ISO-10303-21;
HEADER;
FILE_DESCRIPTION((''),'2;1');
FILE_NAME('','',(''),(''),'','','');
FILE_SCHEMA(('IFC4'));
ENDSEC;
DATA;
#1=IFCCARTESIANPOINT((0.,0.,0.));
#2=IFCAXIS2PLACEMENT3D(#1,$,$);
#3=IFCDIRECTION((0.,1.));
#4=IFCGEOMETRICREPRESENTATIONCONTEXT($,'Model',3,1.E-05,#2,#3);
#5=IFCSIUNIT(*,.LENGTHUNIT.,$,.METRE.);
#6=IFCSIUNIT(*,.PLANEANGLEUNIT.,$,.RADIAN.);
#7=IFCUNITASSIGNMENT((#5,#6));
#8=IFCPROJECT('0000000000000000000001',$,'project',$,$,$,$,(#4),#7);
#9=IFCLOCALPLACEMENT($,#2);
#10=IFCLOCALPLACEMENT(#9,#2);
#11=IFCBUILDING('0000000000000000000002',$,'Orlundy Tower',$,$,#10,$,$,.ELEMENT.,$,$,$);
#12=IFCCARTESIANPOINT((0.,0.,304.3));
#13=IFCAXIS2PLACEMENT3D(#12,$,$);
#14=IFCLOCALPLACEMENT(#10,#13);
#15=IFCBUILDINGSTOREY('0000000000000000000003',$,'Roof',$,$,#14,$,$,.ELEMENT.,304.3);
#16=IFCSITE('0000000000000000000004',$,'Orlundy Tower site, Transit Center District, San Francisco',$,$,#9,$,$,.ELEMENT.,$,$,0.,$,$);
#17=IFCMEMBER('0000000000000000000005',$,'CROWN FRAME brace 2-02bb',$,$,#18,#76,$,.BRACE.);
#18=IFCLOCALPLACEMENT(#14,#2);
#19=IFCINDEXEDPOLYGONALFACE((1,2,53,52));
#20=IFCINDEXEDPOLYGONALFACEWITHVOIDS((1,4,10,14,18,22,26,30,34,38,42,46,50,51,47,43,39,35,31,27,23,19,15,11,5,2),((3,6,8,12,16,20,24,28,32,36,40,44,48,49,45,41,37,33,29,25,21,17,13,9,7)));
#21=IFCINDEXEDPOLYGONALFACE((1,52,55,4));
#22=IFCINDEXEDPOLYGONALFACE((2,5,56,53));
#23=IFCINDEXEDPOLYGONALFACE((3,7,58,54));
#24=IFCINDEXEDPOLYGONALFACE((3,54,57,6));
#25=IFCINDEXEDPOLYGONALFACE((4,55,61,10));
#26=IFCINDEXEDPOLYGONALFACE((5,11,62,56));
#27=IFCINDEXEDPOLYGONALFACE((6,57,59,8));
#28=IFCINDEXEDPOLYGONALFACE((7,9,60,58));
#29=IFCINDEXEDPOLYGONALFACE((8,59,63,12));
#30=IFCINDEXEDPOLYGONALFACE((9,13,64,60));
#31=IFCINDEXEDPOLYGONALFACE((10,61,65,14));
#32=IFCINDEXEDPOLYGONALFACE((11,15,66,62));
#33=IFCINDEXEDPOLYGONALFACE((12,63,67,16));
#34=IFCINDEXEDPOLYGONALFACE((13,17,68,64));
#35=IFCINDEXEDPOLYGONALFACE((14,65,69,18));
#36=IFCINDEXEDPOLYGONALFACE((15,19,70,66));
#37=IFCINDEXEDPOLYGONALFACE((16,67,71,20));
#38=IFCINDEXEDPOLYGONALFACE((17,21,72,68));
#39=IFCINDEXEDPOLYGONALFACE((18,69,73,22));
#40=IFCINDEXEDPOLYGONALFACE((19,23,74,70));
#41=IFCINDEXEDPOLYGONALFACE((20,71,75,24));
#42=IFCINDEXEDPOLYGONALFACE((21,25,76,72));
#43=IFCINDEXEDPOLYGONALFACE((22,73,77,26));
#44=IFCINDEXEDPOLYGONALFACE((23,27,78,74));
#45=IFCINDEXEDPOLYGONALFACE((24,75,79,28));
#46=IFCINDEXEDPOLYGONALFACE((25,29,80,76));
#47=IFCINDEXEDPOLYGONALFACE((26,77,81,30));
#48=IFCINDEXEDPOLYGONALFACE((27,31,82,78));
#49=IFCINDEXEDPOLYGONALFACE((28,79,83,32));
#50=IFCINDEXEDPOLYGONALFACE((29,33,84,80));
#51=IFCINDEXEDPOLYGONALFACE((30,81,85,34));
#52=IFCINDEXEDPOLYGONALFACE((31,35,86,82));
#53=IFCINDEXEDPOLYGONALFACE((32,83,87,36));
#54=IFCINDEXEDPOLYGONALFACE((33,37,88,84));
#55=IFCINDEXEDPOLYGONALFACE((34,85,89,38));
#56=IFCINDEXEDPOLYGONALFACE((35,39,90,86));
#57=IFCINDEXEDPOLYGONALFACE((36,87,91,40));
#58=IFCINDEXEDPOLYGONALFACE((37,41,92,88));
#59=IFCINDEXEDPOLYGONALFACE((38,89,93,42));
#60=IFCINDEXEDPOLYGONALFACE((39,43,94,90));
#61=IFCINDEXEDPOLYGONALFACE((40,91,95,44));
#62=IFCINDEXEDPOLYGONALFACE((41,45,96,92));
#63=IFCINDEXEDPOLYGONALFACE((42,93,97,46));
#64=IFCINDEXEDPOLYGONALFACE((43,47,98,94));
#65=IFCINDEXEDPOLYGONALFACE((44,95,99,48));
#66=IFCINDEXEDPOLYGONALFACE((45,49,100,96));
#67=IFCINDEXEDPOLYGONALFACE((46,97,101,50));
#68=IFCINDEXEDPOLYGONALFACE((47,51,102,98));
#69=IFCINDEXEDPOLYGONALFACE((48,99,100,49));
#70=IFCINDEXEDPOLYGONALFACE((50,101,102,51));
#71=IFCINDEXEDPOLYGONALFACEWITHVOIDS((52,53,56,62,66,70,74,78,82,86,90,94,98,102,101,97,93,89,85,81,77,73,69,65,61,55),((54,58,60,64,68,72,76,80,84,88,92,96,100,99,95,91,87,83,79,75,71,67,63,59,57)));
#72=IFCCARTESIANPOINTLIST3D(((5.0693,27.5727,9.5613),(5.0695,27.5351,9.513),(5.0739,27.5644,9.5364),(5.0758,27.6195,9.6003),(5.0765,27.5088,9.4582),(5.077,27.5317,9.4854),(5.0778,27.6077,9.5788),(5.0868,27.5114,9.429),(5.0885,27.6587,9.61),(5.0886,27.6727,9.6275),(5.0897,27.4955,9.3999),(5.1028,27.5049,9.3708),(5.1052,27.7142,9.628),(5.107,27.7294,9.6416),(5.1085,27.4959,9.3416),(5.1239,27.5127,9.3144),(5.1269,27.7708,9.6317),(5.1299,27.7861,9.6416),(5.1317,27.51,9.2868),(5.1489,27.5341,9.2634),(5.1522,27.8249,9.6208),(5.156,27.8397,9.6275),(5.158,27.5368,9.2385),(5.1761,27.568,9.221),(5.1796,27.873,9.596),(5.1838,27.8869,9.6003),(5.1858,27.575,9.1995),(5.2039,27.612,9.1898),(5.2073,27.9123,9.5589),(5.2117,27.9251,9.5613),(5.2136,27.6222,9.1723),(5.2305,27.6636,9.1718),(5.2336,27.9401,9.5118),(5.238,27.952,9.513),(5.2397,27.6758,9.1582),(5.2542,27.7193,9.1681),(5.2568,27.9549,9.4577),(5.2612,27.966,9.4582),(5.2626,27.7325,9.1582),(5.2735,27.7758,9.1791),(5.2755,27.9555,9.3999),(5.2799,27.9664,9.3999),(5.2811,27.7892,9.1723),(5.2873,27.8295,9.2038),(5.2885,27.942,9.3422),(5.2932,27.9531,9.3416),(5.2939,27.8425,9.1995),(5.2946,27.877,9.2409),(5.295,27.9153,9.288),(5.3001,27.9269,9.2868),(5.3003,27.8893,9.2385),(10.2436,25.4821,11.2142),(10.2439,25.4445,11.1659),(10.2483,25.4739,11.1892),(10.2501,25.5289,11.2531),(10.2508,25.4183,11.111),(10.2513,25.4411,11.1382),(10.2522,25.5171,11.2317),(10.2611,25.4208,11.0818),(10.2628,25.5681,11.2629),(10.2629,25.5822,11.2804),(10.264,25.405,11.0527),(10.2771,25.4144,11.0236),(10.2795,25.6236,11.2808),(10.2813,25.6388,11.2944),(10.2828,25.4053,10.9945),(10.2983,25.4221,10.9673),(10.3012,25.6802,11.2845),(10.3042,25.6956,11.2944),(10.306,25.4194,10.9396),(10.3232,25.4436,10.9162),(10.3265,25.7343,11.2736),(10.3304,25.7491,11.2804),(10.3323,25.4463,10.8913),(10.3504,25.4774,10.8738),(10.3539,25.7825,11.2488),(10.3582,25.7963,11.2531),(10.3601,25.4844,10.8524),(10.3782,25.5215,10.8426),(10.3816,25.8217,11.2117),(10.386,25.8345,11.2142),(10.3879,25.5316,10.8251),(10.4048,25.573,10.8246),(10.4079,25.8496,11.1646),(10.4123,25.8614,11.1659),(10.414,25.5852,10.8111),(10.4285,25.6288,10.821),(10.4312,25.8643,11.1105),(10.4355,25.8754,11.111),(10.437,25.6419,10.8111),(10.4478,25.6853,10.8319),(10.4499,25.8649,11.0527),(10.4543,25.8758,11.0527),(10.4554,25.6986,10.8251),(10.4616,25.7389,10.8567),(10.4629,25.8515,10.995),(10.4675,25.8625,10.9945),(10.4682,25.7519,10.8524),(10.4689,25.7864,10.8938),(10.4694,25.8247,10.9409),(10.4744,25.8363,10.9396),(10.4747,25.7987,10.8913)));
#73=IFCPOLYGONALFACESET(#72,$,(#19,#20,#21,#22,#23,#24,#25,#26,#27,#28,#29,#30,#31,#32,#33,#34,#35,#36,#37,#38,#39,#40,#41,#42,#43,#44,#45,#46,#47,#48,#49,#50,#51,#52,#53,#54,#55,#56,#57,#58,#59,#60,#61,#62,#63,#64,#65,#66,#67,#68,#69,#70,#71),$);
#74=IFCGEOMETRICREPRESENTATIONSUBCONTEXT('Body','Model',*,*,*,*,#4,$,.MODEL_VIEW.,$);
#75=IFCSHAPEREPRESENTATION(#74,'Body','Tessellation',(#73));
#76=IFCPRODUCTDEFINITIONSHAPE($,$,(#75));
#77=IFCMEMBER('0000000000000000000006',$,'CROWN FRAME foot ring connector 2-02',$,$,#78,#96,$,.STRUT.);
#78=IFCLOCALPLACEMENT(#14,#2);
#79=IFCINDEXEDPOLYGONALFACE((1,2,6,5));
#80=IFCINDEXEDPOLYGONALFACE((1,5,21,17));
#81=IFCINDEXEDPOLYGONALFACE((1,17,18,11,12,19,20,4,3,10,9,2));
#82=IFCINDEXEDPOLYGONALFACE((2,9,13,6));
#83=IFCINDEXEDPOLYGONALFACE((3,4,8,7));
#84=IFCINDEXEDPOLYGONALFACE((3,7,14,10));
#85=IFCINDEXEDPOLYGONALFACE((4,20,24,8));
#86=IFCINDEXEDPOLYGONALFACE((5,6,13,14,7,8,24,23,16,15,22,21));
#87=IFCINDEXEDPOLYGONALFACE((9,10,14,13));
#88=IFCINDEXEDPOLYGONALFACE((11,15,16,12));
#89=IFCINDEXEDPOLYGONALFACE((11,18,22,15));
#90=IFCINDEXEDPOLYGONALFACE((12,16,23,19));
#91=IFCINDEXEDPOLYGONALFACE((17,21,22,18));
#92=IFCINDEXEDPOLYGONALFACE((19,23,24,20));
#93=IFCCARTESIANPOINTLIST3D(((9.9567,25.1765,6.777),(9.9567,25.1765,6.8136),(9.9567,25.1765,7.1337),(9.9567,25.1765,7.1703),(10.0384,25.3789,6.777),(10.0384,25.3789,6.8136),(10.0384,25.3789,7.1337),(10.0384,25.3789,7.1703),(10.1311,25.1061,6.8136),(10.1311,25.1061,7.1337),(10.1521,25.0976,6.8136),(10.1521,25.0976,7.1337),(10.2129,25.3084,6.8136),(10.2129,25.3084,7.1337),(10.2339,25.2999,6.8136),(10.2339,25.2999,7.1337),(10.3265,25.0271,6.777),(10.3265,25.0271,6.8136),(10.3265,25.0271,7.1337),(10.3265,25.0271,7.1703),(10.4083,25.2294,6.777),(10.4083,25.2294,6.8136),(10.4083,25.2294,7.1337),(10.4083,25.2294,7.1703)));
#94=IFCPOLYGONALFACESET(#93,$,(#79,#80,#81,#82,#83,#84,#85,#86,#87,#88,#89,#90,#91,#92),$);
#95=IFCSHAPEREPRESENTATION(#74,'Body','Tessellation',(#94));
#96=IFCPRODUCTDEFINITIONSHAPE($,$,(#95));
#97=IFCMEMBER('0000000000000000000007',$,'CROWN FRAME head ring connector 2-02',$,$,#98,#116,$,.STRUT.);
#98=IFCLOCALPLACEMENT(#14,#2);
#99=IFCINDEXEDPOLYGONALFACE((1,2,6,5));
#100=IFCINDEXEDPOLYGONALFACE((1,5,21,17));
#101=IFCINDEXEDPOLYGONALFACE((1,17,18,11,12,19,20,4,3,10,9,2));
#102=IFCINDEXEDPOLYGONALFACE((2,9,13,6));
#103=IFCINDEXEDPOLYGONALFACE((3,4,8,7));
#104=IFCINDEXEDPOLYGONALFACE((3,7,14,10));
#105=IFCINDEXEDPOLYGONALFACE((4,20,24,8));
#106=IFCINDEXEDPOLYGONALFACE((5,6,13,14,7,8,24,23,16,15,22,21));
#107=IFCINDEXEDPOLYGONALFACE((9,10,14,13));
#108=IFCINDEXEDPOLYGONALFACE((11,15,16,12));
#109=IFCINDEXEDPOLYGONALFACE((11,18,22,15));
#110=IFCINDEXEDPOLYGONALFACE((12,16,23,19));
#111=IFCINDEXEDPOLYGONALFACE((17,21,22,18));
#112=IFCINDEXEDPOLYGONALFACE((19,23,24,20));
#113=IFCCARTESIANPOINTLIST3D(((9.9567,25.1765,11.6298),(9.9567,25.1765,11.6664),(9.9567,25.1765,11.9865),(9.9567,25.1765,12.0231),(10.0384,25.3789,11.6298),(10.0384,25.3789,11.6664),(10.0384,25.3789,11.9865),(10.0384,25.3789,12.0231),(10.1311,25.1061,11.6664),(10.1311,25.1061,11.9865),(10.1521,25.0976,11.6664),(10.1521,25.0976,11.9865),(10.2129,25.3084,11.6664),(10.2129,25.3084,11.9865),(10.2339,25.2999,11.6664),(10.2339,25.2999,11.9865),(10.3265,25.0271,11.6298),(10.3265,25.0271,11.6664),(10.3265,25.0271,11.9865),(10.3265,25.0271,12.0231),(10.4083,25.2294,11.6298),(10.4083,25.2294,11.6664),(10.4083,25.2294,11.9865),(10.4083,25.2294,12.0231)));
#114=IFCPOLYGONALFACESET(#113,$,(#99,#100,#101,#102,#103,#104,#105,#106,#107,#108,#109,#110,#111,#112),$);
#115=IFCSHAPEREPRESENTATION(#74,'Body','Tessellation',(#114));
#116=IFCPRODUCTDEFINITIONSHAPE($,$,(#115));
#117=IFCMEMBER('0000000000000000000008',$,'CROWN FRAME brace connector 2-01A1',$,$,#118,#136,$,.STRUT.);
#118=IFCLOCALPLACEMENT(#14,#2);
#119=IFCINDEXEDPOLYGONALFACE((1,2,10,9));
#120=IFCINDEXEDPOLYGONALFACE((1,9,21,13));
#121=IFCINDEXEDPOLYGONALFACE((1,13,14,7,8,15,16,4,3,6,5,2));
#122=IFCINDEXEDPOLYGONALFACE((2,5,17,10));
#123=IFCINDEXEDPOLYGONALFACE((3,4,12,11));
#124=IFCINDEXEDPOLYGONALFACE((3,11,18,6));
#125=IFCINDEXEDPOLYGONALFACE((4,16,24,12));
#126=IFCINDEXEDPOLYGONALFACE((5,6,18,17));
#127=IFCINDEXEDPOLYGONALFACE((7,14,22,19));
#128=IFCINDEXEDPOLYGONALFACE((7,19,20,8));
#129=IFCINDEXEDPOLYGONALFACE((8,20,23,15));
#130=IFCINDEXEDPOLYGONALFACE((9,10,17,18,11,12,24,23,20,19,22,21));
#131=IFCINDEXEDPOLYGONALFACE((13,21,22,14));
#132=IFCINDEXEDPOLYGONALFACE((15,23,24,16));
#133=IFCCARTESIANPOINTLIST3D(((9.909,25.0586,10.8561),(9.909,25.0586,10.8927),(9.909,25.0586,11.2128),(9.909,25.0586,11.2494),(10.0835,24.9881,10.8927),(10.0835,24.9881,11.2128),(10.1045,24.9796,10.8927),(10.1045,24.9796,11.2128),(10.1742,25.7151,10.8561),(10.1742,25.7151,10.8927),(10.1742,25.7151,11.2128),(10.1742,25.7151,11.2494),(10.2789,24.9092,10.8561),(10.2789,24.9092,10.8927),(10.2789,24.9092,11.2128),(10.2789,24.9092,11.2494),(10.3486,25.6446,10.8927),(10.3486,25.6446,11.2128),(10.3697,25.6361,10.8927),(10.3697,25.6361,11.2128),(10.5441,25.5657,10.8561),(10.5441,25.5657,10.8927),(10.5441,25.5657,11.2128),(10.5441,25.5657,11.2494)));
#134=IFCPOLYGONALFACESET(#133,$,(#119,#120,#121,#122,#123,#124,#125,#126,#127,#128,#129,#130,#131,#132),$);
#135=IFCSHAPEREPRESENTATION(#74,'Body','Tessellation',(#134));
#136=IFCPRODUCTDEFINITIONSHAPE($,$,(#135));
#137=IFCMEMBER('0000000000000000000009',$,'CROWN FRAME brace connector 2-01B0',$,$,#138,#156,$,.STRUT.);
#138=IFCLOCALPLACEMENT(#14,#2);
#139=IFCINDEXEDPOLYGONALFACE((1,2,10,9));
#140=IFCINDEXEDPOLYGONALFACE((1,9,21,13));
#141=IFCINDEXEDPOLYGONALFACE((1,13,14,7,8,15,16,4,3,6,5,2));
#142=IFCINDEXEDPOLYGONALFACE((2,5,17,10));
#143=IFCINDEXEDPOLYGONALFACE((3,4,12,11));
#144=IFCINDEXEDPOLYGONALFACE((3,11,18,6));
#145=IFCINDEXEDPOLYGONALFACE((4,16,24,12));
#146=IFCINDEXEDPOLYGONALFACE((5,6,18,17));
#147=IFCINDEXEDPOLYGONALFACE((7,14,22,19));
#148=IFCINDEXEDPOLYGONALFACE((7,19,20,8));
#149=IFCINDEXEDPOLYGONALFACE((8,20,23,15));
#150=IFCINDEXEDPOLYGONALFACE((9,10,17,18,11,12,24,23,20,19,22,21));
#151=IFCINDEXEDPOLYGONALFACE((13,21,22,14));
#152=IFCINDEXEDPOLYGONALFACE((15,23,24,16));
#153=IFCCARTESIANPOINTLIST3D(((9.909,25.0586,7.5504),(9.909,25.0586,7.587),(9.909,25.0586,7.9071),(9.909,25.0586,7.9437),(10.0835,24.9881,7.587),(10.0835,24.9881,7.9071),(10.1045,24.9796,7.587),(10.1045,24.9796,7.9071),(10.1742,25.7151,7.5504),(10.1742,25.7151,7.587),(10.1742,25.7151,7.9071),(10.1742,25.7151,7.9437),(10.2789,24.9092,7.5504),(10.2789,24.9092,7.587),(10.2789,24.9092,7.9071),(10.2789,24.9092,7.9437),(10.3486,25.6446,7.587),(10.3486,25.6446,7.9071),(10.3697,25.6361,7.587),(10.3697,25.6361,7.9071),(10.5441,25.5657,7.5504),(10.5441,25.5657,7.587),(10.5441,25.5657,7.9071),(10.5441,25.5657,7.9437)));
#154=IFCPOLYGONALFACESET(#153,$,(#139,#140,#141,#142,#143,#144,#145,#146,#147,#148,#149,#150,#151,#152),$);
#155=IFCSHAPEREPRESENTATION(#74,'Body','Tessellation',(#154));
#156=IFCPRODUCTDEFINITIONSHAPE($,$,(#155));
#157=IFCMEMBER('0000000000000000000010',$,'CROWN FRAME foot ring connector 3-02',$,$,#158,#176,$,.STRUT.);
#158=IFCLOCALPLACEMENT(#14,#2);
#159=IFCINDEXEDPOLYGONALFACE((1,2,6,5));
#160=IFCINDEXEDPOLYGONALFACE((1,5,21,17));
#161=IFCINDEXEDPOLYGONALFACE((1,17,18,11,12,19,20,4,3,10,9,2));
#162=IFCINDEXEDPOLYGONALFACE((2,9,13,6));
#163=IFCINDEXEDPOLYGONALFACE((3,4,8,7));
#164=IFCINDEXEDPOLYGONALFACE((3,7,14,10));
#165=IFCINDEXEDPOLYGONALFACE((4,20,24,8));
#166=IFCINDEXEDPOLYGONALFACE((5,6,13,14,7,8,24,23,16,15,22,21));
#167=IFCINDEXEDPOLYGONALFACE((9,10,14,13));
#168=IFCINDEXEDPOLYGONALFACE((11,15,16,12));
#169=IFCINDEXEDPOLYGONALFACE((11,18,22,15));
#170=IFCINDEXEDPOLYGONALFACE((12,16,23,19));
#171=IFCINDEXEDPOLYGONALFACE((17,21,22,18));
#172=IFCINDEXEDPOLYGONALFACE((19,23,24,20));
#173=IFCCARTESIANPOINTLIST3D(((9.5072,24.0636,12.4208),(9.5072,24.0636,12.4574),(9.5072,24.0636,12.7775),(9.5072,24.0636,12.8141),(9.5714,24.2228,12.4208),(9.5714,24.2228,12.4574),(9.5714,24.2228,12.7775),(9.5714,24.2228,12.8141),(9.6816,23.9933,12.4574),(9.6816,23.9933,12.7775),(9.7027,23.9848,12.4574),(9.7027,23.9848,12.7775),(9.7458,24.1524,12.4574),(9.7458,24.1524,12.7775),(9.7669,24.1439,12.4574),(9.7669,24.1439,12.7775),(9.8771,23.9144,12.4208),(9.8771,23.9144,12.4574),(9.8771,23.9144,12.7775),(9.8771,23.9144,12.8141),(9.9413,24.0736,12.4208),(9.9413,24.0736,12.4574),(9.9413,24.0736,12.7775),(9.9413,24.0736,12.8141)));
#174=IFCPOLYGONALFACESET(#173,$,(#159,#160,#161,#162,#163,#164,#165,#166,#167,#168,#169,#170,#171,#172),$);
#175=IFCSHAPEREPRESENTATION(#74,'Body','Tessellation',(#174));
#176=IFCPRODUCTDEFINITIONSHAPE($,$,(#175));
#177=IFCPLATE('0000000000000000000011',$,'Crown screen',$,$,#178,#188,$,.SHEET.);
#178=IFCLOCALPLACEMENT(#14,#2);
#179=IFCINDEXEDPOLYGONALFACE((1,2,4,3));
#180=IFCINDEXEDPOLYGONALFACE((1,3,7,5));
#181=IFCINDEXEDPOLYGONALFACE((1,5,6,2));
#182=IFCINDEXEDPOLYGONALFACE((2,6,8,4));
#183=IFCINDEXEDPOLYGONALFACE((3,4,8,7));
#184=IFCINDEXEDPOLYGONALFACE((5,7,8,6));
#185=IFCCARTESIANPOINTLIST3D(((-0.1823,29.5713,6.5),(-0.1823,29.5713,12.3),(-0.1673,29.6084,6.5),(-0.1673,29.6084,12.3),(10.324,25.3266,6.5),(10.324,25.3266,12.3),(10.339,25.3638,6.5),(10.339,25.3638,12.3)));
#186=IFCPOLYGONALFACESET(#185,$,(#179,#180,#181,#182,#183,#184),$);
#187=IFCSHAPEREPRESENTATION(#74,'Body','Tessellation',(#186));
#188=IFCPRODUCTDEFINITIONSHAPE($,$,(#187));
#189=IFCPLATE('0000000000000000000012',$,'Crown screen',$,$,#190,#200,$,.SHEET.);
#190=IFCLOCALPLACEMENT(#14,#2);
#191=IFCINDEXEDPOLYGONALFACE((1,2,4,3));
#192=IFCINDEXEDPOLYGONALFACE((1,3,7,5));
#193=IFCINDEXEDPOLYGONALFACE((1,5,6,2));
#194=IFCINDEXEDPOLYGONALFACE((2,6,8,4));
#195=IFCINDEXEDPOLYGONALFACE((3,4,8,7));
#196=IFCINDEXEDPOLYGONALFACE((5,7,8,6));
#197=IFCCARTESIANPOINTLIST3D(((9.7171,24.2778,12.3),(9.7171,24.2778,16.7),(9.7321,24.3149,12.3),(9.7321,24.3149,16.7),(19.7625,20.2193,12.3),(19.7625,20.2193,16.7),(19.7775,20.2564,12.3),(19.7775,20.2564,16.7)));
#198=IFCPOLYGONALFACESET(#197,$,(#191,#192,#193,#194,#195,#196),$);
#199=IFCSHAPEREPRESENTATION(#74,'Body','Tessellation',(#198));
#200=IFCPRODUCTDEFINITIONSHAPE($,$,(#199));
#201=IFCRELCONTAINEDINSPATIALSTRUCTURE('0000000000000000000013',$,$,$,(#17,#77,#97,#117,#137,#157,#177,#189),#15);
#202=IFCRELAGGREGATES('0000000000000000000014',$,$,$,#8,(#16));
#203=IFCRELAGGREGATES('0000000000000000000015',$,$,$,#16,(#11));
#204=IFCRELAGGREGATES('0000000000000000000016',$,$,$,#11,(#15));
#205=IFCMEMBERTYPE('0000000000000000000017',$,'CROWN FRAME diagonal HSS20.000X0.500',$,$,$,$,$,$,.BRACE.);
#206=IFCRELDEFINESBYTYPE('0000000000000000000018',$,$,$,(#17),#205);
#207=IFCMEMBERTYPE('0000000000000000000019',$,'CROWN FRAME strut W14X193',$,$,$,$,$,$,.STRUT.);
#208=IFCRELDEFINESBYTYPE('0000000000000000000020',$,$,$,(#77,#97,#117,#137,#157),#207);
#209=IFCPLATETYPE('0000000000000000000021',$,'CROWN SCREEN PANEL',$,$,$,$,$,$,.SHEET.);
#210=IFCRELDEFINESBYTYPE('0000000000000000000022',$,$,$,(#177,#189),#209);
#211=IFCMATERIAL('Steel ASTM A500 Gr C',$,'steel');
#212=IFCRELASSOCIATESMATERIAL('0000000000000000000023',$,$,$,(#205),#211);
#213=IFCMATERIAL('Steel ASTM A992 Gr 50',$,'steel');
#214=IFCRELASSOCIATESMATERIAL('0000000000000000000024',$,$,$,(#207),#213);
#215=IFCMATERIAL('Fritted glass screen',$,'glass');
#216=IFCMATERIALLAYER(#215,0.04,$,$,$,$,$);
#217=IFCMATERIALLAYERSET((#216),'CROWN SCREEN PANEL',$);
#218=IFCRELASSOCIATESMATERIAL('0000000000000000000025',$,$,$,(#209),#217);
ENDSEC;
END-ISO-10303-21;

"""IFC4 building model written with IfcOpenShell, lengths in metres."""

from ifc_helpers import new_model, si_unit, direction, frame, origin, origin_2d, place, context, subcontext, project, spatial, rectangle, hollow_circle, i_section, extrude, material, layer, layer_set, material_profile, profile_set, type_object, element, save


model = new_model("IFC4")

# Units and contexts
model_context = context("Model", 3, precision=1e-05, world=origin(), true_north=direction((0.0, 1.0)))
body_context = subcontext(model_context, "Body", "Model", "MODEL_VIEW")
ifc_project = project(units=[si_unit("LENGTHUNIT", "METRE"), si_unit("PLANEANGLEUNIT", "RADIAN")], contexts=[model_context])

# Site, building, storey
site_placement = place(None, origin())
site = spatial("IfcSite", under=ifc_project, at=site_placement, Name="Orlundy Tower site, Transit Center District, San Francisco", CompositionType="ELEMENT", RefElevation=0.0)
building_placement = place(site_placement, origin())
building = spatial("IfcBuilding", under=site, at=building_placement, Name="Orlundy Tower", CompositionType="ELEMENT")
storey_placement = place(building_placement, frame((0.0, 0.0, 304.3)))
storey = spatial("IfcBuildingStorey", under=building, at=storey_placement, Name="Roof", CompositionType="ELEMENT", Elevation=304.3)

# Members
ifc_material_1 = material(Name="Steel ASTM A500 Gr C", Category="steel")
ifc_material_profile_1 = material_profile(ifc_material_1, hollow_circle(Radius=0.2539, WallThickness=0.0117, at=origin_2d()), Name="HSS20.000X0.500")
ifc_profile_set_1 = profile_set([ifc_material_profile_1], Name="Steel ASTM A500 Gr C")
member_type_1 = type_object("IfcMemberType", Name="CROWN FRAME diagonal HSS20.000X0.500", PredefinedType="BRACE", material=ifc_profile_set_1)
for number, where, z_axis, x_axis, name in (
    (1, (5.1848, 27.731, 9.3999), (0.889012, -0.359187, 0.283977), (0.374609, 0.927183, 0.0), "CROWN FRAME brace 2-02bb"),
):
    element("IfcMember", number, at=place(storey_placement, frame(where, z_axis=z_axis, x_axis=x_axis)), inside=storey, type_object=member_type_1, Name=name, PredefinedType="BRACE", context=body_context, shape_type="SweptSolid", body=[
        extrude(hollow_circle(Radius=0.2539, WallThickness=0.0117, at=origin_2d()), origin(), (0.0, 0.0, 1.0), 5.8203),
    ])
ifc_material_2 = material(Name="Steel ASTM A992 Gr 50", Category="steel")
ifc_material_profile_2 = material_profile(ifc_material_2, i_section(OverallWidth=0.3989, OverallDepth=0.3933, WebThickness=0.0227, FlangeThickness=0.0366, at=origin_2d()), Name="W14X193")
ifc_profile_set_2 = profile_set([ifc_material_profile_2], Name="Steel ASTM A992 Gr 50")
member_type_2 = type_object("IfcMemberType", Name="CROWN FRAME strut W14X193", PredefinedType="STRUT", material=ifc_profile_set_2)
for number, where, z_axis, x_axis, name in (
    (2, (10.1416, 25.1018, 6.9736), (0.374666, 0.92716, 0.0), (-0.92716, 0.374666, 0.0), "CROWN FRAME foot ring connector 2-02"),
    (3, (10.1416, 25.1018, 11.8264), (0.374666, 0.92716, 0.0), (-0.92716, 0.374666, 0.0), "CROWN FRAME head ring connector 2-02"),
):
    element("IfcMember", number, at=place(storey_placement, frame(where, z_axis=z_axis, x_axis=x_axis)), inside=storey, type_object=member_type_2, Name=name, PredefinedType="STRUT", context=body_context, shape_type="SweptSolid", body=[
        extrude(i_section(OverallWidth=0.3989, OverallDepth=0.3933, WebThickness=0.0227, FlangeThickness=0.0366, at=origin_2d()), origin(), (0.0, 0.0, 1.0), 0.2183),
    ])
for number, where, z_axis, x_axis, name in (
    (4, (10.094, 24.9839, 11.0527), (0.37448, 0.927235, 0.0), (-0.927235, 0.37448, 0.0), "CROWN FRAME brace connector 2-01A1"),
    (5, (10.094, 24.9839, 7.7471), (0.37448, 0.927235, 0.0), (-0.927235, 0.37448, 0.0), "CROWN FRAME brace connector 2-01B0"),
):
    element("IfcMember", number, at=place(storey_placement, frame(where, z_axis=z_axis, x_axis=x_axis)), inside=storey, type_object=member_type_2, Name=name, PredefinedType="STRUT", context=body_context, shape_type="SweptSolid", body=[
        extrude(i_section(OverallWidth=0.3989, OverallDepth=0.3933, WebThickness=0.0227, FlangeThickness=0.0366, at=origin_2d()), origin(), (0.0, 0.0, 1.0), 0.708),
    ])
member_1_placement = place(storey_placement, frame((9.6921, 23.989, 12.6174), z_axis=(0.374087, 0.927394, 0.0), x_axis=(-0.927394, 0.374087, 0.0)))
element("IfcMember", 6, at=member_1_placement, inside=storey, type_object=member_type_2, Name="CROWN FRAME foot ring connector 3-02", PredefinedType="STRUT", context=body_context, shape_type="SweptSolid", body=[
    extrude(i_section(OverallWidth=0.3989, OverallDepth=0.3933, WebThickness=0.0227, FlangeThickness=0.0366, at=origin_2d()), origin(), (0.0, 0.0, 1.0), 0.1716),
])

# Plates
ifc_material_3 = material(Name="Fritted glass screen", Category="glass")
ifc_layer = layer(ifc_material_3, 0.04)
ifc_layer_set = layer_set([ifc_layer], Name="CROWN SCREEN PANEL")
plate_type = type_object("IfcPlateType", Name="CROWN SCREEN PANEL", PredefinedType="SHEET", material=ifc_layer_set)
plate_placement = place(storey_placement, frame((5.0784, 27.4675, 6.5), z_axis=(0.0, 0.0, 1.0), x_axis=(-0.927188, 0.374595, 0.0)))
element("IfcPlate", 7, at=plate_placement, inside=storey, type_object=plate_type, Name="Crown screen", PredefinedType="SHEET", context=body_context, shape_type="SweptSolid", body=[
    extrude(rectangle(XDim=11.3313, YDim=0.04, at=origin_2d()), origin(), (0.0, 0.0, 1.0), 5.8),
])
for number, where, z_axis, x_axis, name in (
    (8, (14.7473, 22.2671, 12.3), (0.0, 0.0, 1.0), (-0.927188, 0.374596, 0.0), "Crown screen"),
):
    element("IfcPlate", number, at=place(storey_placement, frame(where, z_axis=z_axis, x_axis=x_axis)), inside=storey, type_object=plate_type, Name=name, PredefinedType="SHEET", context=body_context, shape_type="SweptSolid", body=[
        extrude(rectangle(XDim=10.8342, YDim=0.04, at=origin_2d()), origin(), (0.0, 0.0, 1.0), 4.3999),
    ])

save(model, "model.ifc")
